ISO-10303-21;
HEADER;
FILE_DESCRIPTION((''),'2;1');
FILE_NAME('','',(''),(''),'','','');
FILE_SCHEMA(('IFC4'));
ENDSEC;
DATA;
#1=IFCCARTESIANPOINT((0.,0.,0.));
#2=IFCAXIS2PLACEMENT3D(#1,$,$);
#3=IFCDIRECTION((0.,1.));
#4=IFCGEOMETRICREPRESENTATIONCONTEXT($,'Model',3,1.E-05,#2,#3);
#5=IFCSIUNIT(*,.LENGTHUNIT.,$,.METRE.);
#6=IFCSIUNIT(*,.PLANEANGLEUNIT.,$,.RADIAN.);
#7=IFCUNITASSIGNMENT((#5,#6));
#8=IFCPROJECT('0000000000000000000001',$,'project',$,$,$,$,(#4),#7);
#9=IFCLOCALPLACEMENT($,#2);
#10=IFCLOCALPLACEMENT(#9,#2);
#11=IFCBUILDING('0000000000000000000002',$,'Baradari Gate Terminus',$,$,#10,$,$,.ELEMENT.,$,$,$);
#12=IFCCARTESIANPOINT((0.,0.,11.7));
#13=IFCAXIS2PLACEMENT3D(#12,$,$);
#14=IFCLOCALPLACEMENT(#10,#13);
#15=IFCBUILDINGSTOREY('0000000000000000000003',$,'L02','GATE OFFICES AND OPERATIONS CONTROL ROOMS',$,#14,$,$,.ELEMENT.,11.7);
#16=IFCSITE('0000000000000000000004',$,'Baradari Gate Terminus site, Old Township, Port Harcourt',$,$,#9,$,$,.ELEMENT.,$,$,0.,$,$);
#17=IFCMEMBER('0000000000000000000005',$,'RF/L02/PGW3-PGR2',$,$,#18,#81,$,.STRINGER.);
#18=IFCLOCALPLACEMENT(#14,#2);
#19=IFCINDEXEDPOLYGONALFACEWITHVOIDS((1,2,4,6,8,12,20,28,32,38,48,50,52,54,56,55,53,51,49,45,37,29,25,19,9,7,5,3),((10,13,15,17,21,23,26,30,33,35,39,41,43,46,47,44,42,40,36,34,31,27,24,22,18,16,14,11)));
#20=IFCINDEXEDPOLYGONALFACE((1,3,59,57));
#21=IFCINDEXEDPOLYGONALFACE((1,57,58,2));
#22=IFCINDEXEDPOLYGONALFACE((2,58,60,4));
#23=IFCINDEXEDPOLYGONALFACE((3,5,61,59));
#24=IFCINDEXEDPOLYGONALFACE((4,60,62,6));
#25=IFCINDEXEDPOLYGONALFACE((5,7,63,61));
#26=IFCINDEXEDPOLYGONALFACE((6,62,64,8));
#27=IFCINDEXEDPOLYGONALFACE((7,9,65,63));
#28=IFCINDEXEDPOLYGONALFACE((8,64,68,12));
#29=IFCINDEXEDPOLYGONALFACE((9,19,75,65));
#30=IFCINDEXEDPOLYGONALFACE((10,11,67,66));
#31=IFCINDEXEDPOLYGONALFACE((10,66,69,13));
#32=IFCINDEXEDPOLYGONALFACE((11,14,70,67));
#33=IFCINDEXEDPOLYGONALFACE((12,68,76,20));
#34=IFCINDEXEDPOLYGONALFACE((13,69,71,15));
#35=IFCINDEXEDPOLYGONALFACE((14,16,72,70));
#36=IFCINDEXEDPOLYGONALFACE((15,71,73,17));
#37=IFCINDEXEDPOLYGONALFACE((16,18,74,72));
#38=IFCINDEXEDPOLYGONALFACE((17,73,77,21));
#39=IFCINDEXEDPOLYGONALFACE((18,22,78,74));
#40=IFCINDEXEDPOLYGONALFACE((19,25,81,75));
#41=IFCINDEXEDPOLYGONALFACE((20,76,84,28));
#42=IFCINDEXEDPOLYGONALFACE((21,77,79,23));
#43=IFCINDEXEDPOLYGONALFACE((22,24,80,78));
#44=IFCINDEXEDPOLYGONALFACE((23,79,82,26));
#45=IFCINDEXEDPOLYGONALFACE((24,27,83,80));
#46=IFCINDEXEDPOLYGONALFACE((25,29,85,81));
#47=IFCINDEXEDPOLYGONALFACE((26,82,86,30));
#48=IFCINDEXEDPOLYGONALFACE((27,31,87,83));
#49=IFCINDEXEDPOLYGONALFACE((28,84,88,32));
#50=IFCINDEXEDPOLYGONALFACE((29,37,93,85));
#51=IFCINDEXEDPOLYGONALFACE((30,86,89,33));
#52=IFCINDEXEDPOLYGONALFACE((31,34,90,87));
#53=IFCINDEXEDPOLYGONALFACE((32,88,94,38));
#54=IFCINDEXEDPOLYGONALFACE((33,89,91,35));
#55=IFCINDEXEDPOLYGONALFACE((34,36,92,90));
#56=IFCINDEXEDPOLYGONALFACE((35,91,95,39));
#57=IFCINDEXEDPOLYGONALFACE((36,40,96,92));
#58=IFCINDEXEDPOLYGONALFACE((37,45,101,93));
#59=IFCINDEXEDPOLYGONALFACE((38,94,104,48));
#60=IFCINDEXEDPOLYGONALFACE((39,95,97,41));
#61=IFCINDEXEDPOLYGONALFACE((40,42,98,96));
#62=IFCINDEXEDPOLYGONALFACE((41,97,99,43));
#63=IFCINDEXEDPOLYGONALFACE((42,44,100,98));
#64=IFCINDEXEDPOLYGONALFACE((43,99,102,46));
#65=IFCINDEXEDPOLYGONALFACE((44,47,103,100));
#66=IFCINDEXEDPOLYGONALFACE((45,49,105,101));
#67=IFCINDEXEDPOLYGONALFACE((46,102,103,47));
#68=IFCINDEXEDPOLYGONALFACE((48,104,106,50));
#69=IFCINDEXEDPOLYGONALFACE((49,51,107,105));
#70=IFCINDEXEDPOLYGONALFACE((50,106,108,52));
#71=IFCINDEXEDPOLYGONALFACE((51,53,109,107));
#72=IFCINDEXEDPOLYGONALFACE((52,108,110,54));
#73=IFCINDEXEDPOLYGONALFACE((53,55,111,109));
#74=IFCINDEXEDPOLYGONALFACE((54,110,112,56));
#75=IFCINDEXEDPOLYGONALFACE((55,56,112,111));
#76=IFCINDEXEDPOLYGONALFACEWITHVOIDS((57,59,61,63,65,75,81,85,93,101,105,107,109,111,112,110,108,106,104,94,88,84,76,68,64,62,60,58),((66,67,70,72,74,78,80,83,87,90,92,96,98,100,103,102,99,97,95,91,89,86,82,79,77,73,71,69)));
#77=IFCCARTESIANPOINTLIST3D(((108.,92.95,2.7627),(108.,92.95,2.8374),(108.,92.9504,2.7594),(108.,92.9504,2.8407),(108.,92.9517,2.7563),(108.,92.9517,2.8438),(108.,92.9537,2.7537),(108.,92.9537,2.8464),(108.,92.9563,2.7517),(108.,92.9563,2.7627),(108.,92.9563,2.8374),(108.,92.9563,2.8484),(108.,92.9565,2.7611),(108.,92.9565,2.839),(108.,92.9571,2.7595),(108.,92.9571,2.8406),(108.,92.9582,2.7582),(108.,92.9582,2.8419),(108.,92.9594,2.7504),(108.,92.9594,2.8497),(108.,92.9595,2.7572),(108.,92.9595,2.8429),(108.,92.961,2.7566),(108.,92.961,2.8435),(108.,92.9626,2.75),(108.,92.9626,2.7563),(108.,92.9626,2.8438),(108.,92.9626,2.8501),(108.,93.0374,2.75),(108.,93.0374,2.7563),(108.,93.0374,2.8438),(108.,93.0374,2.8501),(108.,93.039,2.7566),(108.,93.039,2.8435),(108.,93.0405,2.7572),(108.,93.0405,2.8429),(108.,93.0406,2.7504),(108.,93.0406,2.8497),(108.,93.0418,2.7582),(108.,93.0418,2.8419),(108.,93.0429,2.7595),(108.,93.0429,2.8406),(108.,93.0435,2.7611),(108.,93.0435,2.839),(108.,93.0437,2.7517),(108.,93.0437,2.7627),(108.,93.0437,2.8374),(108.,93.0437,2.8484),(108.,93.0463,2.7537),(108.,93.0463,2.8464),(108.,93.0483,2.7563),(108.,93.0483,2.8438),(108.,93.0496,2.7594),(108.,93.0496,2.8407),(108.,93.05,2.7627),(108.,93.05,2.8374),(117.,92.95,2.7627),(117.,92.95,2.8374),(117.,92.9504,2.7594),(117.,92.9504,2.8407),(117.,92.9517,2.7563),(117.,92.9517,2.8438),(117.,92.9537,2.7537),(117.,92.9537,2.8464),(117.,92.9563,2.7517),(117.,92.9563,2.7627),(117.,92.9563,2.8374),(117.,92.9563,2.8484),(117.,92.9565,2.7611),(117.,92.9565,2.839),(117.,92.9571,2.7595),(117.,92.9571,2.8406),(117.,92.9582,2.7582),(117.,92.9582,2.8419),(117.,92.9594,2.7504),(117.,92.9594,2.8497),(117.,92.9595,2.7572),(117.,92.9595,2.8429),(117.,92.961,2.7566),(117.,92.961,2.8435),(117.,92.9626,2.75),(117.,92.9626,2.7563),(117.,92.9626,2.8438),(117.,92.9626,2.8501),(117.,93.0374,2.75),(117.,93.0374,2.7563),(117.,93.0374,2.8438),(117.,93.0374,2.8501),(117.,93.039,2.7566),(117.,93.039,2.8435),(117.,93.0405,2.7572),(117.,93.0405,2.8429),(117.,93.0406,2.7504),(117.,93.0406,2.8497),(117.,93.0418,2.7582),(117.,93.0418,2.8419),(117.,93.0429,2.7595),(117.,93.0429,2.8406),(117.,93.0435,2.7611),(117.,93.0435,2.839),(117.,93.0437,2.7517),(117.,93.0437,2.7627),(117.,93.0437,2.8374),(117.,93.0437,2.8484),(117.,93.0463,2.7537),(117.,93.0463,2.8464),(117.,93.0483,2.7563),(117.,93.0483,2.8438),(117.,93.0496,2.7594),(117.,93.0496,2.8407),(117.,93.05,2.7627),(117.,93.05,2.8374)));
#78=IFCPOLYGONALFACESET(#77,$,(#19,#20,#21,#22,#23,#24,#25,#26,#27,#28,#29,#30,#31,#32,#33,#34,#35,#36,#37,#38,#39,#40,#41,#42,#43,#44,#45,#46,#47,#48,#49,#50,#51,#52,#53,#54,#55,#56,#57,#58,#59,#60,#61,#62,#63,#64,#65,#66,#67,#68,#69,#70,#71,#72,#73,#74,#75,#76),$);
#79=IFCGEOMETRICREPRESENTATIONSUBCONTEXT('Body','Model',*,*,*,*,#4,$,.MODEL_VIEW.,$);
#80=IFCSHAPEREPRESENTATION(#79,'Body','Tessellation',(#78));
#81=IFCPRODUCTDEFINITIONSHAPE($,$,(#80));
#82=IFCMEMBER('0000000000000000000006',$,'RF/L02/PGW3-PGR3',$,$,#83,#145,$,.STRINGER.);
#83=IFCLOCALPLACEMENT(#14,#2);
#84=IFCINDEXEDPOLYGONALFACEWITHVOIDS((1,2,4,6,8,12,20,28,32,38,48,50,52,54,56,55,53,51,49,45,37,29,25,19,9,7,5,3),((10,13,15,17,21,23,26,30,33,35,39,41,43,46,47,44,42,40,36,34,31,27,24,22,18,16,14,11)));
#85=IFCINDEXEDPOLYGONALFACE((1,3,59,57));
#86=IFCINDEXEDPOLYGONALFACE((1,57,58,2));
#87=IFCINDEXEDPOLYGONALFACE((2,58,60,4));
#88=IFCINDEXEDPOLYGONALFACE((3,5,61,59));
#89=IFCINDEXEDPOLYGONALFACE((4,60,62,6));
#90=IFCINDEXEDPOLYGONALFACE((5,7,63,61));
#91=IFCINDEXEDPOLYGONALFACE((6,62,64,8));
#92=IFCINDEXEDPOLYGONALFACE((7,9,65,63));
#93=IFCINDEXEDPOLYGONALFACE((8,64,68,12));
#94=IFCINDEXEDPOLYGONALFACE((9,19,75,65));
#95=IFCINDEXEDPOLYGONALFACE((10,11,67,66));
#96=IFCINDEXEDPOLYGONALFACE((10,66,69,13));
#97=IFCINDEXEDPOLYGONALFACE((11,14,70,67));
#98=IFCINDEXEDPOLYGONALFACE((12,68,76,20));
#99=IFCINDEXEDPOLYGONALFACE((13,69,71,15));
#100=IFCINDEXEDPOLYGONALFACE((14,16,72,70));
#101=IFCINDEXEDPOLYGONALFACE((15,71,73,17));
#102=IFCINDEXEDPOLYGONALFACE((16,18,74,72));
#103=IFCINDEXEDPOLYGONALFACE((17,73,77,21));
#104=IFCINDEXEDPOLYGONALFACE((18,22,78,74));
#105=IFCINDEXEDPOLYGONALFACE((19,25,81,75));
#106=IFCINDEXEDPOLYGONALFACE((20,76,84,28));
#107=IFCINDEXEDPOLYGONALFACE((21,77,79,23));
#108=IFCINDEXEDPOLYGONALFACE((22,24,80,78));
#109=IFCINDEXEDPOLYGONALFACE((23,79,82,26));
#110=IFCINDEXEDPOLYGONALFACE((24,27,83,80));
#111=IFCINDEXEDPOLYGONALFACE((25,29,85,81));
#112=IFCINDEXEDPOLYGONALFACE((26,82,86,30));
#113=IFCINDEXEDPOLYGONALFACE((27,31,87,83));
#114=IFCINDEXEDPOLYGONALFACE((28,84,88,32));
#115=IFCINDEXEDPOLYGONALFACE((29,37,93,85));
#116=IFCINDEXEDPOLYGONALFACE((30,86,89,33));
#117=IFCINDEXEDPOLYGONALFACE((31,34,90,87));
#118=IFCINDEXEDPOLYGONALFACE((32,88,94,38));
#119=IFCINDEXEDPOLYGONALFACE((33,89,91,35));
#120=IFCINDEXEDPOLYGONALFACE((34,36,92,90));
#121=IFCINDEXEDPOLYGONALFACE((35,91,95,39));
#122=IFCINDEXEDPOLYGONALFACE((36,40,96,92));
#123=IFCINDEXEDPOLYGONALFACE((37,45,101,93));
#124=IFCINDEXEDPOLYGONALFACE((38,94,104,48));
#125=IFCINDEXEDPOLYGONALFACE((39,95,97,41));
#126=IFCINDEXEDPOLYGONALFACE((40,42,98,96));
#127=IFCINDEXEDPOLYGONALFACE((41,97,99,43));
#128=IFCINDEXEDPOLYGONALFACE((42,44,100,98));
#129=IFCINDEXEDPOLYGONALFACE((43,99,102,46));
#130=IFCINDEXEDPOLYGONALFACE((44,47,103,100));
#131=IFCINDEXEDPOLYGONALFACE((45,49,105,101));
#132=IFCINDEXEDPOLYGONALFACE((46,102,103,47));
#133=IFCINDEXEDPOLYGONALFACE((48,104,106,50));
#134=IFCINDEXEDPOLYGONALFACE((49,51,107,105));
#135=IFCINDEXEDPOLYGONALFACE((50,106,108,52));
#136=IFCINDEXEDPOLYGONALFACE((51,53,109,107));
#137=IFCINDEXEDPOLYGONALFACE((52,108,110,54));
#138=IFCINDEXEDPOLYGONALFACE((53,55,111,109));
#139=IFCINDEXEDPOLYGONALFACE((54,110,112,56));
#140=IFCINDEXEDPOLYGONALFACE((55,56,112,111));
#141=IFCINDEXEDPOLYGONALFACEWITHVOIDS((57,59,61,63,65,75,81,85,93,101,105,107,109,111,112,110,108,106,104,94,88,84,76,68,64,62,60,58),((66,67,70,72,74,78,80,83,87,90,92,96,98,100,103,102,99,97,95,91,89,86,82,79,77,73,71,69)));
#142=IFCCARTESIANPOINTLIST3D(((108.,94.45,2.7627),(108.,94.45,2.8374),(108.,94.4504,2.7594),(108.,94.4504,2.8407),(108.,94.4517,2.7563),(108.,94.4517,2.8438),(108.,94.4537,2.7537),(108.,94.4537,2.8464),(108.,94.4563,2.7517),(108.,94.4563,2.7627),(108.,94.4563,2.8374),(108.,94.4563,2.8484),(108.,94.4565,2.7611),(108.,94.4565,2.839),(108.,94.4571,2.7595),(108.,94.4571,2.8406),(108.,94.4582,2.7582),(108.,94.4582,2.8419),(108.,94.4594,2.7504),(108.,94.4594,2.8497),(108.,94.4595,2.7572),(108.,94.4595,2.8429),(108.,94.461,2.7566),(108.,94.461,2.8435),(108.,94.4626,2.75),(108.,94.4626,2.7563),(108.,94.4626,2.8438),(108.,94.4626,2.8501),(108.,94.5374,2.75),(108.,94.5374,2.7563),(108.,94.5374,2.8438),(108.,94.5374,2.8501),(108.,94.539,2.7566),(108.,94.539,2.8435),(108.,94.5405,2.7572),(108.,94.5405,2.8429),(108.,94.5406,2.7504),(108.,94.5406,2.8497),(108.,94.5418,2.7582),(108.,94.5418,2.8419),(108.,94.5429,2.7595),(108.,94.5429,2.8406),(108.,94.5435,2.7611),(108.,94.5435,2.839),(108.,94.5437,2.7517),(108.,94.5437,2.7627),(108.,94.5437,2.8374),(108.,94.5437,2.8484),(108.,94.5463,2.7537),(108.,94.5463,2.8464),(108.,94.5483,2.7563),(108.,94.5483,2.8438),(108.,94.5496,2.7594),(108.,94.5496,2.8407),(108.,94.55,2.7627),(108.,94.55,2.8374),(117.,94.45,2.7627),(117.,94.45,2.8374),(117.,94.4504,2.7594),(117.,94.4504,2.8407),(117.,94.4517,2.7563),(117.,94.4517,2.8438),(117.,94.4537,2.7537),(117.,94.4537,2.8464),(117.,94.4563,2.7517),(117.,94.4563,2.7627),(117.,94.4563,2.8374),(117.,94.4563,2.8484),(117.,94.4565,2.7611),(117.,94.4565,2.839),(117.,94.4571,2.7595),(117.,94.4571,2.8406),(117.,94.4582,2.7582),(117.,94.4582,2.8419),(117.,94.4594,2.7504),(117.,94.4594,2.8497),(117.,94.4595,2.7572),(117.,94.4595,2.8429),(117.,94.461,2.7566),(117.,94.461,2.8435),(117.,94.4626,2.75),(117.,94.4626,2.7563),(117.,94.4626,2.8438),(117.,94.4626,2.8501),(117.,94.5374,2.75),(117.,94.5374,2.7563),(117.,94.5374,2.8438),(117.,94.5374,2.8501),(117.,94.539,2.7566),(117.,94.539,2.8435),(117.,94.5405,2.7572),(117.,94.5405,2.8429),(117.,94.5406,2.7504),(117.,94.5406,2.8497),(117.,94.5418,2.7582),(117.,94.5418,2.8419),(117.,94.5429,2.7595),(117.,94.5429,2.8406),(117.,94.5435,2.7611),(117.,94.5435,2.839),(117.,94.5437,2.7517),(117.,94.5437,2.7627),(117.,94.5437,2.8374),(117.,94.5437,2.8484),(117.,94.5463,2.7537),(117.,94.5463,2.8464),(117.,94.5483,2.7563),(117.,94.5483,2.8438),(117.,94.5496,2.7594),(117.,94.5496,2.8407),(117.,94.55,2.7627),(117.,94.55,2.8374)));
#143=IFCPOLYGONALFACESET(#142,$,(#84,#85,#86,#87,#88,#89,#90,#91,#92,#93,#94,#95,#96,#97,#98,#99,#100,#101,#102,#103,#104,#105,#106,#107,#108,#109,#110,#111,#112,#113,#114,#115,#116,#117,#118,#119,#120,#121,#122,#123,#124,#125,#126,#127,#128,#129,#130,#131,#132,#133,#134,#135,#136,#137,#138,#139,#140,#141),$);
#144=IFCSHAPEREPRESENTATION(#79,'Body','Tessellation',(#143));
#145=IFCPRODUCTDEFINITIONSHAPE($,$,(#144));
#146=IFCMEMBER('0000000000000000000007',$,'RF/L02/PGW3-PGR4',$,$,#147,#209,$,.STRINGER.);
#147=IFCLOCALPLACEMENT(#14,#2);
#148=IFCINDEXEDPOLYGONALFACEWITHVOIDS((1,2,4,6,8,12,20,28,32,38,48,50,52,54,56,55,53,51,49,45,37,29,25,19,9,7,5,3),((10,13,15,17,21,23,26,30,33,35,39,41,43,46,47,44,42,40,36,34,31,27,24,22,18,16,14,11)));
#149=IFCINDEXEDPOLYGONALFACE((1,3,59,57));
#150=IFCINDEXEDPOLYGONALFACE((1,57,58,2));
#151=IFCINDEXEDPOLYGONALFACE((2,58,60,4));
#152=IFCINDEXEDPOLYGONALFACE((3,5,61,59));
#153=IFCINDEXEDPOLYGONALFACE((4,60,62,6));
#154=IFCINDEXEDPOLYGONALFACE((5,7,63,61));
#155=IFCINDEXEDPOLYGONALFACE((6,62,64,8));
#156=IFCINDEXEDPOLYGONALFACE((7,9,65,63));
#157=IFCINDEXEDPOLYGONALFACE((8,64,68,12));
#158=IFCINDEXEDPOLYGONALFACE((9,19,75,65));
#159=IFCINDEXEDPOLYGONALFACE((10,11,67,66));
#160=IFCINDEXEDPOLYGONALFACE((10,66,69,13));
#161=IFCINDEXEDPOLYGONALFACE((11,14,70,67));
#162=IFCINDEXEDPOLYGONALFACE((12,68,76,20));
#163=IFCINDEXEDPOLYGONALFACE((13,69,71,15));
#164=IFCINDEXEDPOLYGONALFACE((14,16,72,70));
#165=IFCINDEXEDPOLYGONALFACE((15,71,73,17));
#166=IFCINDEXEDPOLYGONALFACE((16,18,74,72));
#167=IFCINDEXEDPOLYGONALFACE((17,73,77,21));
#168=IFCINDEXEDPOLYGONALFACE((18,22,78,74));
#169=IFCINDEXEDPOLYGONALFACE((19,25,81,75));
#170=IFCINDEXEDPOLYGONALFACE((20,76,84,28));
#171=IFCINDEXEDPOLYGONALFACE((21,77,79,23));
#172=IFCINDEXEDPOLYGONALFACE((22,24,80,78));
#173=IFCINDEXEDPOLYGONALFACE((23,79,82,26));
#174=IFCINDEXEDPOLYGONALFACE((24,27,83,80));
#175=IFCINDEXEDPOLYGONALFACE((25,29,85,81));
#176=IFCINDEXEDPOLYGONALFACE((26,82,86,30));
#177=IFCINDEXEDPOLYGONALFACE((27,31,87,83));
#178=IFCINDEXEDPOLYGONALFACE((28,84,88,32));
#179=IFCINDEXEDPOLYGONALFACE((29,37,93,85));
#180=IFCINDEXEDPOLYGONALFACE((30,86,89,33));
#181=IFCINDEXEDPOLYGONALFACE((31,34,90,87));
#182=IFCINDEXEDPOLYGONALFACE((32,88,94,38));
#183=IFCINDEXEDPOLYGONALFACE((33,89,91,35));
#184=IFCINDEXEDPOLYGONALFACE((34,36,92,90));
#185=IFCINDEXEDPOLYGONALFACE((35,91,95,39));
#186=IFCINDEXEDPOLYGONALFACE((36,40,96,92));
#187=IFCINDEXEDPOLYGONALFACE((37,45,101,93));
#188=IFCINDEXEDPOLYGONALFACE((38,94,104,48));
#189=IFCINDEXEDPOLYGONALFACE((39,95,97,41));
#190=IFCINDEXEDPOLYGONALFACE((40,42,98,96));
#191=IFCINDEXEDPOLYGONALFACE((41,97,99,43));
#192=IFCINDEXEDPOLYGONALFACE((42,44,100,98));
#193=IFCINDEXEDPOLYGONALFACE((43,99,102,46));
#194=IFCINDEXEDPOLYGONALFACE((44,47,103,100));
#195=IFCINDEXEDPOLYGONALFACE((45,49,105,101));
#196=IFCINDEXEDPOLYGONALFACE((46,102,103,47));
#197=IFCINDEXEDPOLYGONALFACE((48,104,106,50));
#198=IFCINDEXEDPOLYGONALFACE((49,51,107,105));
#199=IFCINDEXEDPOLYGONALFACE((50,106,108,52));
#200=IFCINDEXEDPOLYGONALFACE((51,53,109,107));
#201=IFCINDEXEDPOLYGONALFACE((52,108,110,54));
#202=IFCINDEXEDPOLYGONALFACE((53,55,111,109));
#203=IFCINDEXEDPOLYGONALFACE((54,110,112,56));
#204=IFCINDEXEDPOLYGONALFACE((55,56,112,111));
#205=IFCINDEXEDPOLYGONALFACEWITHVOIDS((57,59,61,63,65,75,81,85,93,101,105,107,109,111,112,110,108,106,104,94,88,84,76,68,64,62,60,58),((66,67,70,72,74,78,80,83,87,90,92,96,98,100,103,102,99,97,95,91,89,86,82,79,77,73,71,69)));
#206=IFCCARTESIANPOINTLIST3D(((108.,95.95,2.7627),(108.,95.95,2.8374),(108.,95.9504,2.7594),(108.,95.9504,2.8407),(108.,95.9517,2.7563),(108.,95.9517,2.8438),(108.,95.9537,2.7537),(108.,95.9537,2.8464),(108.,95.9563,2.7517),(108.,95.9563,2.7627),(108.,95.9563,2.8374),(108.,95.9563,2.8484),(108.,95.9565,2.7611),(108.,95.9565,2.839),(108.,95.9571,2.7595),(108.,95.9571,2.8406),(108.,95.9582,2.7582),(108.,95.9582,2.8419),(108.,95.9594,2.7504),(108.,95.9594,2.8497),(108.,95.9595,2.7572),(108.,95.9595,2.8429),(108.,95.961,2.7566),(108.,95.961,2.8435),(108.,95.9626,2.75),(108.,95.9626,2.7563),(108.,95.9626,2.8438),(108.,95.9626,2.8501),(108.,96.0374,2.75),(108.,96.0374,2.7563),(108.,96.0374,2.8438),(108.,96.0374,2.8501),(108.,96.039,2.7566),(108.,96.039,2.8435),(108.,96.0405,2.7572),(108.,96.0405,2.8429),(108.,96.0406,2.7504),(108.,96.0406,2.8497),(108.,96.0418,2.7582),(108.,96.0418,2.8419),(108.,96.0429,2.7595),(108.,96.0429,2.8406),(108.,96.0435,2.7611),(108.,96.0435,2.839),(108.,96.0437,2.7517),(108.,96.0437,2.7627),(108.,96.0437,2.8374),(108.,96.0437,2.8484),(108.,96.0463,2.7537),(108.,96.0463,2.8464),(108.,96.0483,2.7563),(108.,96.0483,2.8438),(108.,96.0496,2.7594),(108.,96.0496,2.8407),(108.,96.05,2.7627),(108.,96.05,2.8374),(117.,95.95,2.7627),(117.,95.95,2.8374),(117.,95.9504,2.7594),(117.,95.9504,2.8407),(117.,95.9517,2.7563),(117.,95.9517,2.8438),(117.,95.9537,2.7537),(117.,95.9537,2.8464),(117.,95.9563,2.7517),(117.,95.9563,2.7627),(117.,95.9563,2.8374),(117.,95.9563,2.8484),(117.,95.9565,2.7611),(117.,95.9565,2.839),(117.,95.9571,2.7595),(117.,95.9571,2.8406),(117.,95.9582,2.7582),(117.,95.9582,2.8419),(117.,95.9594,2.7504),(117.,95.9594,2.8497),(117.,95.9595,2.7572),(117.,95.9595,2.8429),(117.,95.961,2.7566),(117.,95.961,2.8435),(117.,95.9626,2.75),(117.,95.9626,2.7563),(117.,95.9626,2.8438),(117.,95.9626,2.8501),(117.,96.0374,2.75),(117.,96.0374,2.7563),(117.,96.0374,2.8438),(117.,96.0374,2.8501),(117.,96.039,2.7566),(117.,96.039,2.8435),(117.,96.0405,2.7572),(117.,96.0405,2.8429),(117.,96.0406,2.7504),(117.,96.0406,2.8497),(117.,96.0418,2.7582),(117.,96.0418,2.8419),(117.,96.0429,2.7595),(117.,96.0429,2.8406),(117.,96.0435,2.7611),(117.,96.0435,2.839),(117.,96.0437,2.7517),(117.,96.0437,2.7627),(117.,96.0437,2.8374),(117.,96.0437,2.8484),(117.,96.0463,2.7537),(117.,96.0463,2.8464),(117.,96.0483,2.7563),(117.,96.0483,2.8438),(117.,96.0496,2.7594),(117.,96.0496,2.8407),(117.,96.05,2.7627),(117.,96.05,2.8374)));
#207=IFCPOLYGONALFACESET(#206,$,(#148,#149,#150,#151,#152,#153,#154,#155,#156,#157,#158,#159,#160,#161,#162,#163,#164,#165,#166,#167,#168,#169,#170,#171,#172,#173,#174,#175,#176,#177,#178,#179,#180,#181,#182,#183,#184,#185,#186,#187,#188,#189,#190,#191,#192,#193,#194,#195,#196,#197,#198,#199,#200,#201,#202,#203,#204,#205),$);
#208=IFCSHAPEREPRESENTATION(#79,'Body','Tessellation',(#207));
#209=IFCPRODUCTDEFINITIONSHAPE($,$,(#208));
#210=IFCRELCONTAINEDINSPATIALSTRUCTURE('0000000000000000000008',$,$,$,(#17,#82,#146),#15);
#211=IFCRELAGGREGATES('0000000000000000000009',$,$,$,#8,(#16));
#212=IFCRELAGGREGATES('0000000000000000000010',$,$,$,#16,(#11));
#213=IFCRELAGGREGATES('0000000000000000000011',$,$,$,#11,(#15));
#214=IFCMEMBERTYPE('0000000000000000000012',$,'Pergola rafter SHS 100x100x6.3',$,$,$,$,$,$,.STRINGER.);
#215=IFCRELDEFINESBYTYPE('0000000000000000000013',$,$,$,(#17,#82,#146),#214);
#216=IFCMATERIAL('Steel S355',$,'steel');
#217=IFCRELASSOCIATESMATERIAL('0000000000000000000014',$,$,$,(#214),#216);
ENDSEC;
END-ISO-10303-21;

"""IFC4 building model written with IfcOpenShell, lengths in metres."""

from ifc_helpers import new_model, si_unit, direction, frame, origin, origin_2d, place, context, subcontext, project, spatial, hollow_rectangle, extrude, material, material_profile, profile_set, type_object, element, save


model = new_model("IFC4")

# Units and contexts
model_context = context("Model", 3, precision=1e-05, world=origin(), true_north=direction((0.0, 1.0)))
body_context = subcontext(model_context, "Body", "Model", "MODEL_VIEW")
ifc_project = project(units=[si_unit("LENGTHUNIT", "METRE"), si_unit("PLANEANGLEUNIT", "RADIAN")], contexts=[model_context])

# Site, building, storey
site_placement = place(None, origin())
site = spatial("IfcSite", under=ifc_project, at=site_placement, Name="Baradari Gate Terminus site, Old Township, Port Harcourt", CompositionType="ELEMENT", RefElevation=0.0)
building_placement = place(site_placement, origin())
building = spatial("IfcBuilding", under=site, at=building_placement, Name="Baradari Gate Terminus", CompositionType="ELEMENT")
storey_placement = place(building_placement, frame((0.0, 0.0, 11.7)))
storey = spatial("IfcBuildingStorey", under=building, at=storey_placement, Name="L02", Description="GATE OFFICES AND OPERATIONS CONTROL ROOMS", CompositionType="ELEMENT", Elevation=11.7)

# Members
ifc_material_1 = material(Name="Steel S355", Category="steel")
ifc_material_profile_1 = material_profile(ifc_material_1, hollow_rectangle(XDim=0.1001, YDim=0.1001, WallThickness=0.0063, InnerFilletRadius=0.0063, OuterFilletRadius=0.0127, at=origin_2d()), Name="SHS 100x100x6.3")
ifc_profile_set_1 = profile_set([ifc_material_profile_1], Name="Steel S355")
member_type_1 = type_object("IfcMemberType", Name="Pergola rafter SHS 100x100x6.3", PredefinedType="STRINGER", material=ifc_profile_set_1)
for number, where, z_axis, x_axis, name in (
    (1, (108.0, 93.0, 2.8), (1.0, 0.0, 0.0), (0.0, 1.0, 0.0), "RF/L02/PGW3-PGR2"),
    (2, (108.0, 94.5, 2.8), (1.0, 0.0, 0.0), (0.0, 1.0, 0.0), "RF/L02/PGW3-PGR3"),
    (3, (108.0, 96.0, 2.8), (1.0, 0.0, 0.0), (0.0, 1.0, 0.0), "RF/L02/PGW3-PGR4"),
):
    element("IfcMember", number, at=place(storey_placement, frame(where, z_axis=z_axis, x_axis=x_axis)), inside=storey, type_object=member_type_1, Name=name, PredefinedType="STRINGER", context=body_context, shape_type="SweptSolid", body=[
        extrude(hollow_rectangle(XDim=0.1001, YDim=0.1001, WallThickness=0.0063, InnerFilletRadius=0.0063, OuterFilletRadius=0.0127, at=origin_2d()), origin(), (0.0, 0.0, 1.0), 9.0),
    ])

save(model, "model.ifc")
